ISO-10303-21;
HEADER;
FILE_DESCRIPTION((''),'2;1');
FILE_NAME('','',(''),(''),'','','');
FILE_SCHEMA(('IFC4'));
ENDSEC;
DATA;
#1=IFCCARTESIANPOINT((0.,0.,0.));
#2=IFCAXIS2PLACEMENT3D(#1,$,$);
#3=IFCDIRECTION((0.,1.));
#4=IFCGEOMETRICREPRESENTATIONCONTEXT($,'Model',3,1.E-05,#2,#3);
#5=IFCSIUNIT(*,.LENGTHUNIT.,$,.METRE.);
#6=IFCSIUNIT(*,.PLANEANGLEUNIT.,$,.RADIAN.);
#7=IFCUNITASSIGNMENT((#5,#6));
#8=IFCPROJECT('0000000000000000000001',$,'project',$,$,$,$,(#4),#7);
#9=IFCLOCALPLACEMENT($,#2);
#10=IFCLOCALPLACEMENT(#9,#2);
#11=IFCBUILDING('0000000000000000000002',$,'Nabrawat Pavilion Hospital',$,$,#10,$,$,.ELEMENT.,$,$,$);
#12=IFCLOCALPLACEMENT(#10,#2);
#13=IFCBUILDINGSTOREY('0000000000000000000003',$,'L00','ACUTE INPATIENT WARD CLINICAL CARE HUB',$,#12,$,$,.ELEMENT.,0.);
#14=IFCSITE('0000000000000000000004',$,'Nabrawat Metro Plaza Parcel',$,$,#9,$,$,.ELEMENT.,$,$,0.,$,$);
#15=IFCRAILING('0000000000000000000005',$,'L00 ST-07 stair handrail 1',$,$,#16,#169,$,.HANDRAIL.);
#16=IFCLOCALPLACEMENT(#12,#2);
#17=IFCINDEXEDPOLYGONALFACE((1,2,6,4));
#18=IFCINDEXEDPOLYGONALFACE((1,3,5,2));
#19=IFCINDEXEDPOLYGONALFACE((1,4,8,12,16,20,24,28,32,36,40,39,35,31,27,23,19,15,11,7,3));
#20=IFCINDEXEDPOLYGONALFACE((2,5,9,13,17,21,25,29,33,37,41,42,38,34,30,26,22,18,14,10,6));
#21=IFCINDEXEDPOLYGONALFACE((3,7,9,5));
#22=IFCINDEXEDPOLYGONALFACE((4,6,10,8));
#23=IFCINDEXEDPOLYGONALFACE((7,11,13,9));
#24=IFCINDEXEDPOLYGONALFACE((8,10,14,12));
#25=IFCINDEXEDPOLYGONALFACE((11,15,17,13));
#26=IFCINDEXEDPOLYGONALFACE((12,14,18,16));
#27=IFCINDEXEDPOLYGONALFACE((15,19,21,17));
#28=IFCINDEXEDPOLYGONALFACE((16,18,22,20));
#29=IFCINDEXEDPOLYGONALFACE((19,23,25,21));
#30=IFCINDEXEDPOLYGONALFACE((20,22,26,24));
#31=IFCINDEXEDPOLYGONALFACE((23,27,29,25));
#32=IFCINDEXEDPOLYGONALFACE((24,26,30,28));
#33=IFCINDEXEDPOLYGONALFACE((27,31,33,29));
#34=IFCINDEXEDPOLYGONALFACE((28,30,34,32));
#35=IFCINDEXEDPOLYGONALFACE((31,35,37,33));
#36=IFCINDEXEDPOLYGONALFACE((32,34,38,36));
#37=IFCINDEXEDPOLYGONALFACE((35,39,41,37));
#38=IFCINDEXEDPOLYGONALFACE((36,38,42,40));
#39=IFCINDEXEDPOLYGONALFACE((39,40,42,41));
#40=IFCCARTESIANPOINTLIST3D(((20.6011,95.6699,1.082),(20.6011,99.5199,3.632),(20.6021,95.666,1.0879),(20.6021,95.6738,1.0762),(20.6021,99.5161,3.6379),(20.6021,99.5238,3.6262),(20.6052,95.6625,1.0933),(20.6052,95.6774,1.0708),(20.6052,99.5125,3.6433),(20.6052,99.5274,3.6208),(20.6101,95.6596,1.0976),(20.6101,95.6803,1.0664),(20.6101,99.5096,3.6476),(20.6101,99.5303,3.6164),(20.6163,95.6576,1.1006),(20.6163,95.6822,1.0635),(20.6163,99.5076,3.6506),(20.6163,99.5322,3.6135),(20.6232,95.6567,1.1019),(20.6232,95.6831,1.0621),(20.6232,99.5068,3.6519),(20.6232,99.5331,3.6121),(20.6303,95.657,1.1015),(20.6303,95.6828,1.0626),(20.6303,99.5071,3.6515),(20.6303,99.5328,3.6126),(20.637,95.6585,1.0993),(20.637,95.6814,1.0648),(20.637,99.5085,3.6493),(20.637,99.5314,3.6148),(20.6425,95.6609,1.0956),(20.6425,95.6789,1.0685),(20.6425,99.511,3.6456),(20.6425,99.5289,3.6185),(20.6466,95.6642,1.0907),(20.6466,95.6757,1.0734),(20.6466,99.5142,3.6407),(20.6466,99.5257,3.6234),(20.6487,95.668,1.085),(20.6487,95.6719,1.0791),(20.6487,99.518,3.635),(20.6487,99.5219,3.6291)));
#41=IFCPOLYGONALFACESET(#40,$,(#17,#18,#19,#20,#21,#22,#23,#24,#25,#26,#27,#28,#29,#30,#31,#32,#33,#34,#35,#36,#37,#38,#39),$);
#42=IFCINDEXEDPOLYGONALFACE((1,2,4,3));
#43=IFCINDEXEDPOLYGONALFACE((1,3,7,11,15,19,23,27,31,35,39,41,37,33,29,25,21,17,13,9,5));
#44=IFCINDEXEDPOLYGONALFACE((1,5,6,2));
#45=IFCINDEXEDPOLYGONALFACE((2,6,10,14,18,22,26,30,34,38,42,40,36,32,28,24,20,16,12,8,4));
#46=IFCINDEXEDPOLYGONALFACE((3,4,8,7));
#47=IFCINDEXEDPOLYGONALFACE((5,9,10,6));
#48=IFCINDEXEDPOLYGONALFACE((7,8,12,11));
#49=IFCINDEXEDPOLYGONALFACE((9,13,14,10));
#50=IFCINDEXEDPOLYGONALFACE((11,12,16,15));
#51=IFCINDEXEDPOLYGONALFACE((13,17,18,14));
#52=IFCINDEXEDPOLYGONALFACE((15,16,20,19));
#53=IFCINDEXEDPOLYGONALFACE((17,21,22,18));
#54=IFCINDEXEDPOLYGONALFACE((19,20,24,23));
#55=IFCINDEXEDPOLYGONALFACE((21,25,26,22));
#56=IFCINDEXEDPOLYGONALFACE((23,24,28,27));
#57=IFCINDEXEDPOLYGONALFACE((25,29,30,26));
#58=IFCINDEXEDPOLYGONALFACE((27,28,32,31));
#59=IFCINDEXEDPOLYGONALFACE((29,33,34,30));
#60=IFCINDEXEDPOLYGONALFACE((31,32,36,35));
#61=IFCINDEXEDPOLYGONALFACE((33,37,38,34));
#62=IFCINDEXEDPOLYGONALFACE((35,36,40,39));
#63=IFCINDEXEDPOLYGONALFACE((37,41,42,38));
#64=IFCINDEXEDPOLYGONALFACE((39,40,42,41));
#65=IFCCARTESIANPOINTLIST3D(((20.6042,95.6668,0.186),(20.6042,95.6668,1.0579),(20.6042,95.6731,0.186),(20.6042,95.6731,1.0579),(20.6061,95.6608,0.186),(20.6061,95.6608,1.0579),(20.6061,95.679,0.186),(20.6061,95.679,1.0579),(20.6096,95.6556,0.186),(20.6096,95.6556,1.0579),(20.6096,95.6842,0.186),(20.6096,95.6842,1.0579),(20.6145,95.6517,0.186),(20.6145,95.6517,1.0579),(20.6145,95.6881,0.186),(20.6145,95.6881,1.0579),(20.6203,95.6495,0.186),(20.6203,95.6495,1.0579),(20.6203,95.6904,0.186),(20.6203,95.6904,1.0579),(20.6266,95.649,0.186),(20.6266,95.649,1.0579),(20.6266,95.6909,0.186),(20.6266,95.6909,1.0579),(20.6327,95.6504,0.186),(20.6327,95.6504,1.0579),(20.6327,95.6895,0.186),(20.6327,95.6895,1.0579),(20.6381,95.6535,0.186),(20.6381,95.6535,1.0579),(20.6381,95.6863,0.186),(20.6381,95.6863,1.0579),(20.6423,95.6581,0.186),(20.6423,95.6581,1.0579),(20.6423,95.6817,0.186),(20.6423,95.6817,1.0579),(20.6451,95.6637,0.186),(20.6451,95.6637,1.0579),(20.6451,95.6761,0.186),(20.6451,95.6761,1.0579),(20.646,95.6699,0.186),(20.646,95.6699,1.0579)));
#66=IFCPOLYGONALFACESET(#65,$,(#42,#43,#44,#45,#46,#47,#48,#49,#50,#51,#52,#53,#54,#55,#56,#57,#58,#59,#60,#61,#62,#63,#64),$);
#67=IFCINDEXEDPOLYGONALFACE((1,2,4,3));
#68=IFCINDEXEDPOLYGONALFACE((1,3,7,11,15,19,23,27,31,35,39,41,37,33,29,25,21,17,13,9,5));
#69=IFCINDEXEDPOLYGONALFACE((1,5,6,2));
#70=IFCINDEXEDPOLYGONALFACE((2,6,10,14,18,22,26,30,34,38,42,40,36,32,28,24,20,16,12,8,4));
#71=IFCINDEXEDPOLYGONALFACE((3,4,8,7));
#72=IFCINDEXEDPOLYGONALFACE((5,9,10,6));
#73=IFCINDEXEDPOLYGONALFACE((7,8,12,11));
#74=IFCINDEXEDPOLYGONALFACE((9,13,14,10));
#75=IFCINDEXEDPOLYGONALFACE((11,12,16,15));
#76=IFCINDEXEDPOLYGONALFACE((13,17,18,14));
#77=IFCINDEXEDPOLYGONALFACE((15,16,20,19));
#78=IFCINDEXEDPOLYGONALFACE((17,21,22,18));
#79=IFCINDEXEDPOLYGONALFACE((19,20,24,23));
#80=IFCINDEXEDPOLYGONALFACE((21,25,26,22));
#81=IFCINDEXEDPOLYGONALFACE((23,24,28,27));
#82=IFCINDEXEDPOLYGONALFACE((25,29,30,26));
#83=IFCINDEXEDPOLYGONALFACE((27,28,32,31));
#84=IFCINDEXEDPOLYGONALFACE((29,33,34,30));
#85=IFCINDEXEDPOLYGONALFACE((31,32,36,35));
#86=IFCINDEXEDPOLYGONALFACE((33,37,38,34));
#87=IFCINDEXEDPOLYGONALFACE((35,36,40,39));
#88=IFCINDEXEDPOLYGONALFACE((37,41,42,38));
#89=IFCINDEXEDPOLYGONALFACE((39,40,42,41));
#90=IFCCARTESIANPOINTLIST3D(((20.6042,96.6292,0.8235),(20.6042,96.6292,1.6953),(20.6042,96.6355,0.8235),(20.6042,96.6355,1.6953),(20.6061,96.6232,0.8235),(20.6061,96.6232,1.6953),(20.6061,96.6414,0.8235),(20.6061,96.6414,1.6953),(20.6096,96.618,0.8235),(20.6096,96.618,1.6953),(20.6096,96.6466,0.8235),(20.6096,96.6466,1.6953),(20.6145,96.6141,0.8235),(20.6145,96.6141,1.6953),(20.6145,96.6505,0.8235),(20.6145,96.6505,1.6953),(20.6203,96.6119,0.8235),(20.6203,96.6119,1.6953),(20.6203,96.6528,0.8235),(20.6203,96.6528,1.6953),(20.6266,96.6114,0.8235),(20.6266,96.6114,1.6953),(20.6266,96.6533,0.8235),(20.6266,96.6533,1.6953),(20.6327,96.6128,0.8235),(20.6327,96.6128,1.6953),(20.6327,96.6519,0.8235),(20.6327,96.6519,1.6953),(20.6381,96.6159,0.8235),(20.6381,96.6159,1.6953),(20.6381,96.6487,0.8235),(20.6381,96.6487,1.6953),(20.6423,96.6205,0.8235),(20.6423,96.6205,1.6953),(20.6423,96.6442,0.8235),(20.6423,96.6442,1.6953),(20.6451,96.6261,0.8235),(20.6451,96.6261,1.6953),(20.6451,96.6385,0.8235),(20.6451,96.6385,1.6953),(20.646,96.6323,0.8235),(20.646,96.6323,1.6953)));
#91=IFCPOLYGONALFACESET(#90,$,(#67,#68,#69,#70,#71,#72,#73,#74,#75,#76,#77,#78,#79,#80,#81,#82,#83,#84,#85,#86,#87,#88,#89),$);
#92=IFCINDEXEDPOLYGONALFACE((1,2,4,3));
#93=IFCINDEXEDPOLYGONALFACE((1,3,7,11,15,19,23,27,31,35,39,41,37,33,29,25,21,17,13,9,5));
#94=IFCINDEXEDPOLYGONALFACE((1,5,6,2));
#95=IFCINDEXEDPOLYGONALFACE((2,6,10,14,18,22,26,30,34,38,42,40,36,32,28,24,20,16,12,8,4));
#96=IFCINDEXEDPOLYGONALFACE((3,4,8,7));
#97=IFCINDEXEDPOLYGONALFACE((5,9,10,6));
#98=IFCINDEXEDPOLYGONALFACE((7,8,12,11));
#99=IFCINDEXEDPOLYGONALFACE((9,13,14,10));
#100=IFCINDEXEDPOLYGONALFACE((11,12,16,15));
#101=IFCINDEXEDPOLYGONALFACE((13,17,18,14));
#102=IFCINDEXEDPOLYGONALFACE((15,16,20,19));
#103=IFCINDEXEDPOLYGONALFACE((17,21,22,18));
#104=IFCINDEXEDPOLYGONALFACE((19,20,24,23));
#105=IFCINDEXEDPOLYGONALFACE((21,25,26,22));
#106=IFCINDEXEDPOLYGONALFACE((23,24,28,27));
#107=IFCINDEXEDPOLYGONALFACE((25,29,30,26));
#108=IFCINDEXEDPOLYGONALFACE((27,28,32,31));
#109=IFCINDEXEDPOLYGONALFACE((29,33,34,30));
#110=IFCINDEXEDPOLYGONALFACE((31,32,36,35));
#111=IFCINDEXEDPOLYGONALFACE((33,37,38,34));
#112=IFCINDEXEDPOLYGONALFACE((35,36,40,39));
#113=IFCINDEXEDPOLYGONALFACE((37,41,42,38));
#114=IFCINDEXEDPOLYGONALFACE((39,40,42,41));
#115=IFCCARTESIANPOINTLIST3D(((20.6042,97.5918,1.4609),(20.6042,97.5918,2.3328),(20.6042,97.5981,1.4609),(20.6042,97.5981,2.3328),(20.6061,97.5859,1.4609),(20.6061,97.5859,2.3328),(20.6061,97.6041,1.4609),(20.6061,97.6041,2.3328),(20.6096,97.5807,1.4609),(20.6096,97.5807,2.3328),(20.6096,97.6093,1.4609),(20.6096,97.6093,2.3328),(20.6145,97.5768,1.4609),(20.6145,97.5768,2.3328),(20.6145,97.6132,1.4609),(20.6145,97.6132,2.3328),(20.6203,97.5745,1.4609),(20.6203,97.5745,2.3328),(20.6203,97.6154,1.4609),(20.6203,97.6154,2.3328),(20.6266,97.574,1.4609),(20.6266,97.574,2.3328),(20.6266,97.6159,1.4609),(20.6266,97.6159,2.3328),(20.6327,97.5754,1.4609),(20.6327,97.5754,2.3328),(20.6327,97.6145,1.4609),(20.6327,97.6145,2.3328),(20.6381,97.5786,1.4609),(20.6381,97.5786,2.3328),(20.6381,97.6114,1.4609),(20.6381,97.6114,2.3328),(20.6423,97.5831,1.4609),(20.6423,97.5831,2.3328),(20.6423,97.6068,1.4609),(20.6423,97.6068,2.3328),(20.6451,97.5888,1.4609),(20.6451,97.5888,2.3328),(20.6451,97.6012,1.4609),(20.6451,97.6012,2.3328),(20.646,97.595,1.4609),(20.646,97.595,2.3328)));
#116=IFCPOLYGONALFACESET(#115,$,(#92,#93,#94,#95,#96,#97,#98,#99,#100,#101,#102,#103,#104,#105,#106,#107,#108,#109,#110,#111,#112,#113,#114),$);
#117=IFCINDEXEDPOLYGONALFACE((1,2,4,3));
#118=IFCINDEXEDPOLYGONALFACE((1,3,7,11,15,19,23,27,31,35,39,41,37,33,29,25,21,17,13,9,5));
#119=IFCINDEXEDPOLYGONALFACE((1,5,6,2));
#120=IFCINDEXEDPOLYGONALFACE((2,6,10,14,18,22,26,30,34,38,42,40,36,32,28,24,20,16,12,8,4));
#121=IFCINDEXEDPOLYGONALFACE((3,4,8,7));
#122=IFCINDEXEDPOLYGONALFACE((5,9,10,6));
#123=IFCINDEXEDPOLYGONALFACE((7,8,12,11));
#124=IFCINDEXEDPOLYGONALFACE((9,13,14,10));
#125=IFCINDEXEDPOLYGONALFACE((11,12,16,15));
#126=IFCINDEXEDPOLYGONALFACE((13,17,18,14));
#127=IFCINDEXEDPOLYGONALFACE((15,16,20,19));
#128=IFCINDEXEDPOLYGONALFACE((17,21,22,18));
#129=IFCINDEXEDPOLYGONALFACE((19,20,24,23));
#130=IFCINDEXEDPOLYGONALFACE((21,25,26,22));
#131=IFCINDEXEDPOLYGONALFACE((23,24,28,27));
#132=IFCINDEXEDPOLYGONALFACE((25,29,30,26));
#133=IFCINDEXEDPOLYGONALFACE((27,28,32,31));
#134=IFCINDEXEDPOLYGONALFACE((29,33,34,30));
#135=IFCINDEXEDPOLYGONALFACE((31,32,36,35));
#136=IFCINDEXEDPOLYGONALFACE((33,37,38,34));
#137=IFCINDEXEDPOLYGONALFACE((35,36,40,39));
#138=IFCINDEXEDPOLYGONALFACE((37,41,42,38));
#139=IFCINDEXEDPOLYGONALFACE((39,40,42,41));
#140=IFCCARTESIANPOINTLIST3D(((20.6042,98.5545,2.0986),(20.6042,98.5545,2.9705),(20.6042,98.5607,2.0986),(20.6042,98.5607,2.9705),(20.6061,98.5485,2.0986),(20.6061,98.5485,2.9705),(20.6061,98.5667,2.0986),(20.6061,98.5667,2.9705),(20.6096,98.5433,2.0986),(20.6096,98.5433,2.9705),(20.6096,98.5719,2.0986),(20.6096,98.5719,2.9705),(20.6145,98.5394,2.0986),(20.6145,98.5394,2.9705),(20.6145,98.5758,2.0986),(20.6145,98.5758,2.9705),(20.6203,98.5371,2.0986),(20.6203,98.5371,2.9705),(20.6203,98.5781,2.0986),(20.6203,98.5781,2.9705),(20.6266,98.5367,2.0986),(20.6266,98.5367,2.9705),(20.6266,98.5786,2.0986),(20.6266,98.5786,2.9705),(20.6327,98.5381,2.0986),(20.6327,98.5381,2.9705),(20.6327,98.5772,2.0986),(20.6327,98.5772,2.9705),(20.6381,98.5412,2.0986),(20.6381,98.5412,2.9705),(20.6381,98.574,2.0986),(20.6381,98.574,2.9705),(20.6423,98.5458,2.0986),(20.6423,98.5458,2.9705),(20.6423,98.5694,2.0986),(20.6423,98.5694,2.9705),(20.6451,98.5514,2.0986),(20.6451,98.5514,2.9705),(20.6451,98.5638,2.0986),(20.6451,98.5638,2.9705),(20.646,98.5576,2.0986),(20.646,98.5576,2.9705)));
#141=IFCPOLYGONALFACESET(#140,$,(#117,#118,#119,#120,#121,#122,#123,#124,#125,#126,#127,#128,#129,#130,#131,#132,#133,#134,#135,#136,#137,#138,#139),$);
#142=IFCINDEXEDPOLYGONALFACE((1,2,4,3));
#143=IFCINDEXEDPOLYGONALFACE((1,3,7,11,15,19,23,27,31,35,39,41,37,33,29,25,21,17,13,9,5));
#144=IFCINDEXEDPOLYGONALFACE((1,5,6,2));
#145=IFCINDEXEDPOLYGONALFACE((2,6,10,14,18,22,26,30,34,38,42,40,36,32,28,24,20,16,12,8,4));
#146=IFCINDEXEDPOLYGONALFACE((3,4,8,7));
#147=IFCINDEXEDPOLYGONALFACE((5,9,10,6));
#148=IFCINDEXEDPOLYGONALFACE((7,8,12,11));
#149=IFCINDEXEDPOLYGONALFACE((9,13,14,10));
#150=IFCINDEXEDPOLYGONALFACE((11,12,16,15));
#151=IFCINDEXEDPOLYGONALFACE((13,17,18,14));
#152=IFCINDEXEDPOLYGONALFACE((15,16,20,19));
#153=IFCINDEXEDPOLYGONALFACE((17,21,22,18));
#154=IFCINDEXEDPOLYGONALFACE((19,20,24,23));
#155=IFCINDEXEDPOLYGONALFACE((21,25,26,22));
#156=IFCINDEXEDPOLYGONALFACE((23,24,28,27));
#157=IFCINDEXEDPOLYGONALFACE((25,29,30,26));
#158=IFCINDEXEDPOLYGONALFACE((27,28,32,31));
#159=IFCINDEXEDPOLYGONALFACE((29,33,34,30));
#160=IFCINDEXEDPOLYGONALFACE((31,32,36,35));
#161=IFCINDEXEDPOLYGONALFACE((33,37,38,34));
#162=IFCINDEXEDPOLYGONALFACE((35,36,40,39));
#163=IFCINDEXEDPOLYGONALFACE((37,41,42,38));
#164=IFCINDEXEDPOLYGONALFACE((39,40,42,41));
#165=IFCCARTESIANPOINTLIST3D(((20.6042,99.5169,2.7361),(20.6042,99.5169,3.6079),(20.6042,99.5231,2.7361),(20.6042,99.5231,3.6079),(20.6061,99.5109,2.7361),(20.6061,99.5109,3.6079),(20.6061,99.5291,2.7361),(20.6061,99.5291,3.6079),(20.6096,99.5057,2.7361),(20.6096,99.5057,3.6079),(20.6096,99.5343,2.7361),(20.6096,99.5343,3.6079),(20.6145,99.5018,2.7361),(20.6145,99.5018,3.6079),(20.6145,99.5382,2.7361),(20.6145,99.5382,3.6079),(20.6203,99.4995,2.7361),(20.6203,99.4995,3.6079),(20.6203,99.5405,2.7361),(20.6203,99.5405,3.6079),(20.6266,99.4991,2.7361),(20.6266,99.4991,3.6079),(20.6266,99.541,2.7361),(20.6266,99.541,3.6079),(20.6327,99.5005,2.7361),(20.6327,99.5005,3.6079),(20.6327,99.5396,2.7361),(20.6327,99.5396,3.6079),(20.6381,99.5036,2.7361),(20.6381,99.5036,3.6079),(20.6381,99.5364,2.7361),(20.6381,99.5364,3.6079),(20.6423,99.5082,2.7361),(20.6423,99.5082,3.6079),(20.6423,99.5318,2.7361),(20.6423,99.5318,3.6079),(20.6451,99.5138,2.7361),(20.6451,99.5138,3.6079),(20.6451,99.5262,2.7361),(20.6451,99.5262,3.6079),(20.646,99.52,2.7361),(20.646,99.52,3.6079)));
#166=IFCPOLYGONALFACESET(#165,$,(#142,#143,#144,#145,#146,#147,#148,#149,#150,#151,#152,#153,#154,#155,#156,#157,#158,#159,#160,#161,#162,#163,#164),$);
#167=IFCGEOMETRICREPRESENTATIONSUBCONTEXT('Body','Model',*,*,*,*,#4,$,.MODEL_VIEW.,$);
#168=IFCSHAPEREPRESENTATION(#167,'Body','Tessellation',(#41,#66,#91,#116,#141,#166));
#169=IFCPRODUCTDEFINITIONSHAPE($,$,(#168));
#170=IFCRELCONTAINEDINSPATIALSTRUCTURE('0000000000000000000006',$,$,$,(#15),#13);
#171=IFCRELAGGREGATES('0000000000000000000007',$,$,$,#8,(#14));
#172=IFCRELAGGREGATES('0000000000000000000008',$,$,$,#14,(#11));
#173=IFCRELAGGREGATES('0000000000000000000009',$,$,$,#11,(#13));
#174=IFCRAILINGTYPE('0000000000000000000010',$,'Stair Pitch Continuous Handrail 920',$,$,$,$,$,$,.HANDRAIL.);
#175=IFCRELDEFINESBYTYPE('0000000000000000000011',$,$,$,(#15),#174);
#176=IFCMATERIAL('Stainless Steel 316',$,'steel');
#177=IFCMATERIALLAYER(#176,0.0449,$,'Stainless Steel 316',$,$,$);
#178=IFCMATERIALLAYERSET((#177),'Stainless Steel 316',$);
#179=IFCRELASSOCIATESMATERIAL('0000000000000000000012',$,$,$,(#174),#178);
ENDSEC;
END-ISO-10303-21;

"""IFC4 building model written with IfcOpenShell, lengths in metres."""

from ifc_helpers import new_model, si_unit, direction, frame, origin, origin_2d, place, context, subcontext, project, spatial, circle, extrude, material, layer, layer_set, type_object, element, save


model = new_model("IFC4")

# Units and contexts
model_context = context("Model", 3, precision=1e-05, world=origin(), true_north=direction((0.0, 1.0)))
body_context = subcontext(model_context, "Body", "Model", "MODEL_VIEW")
ifc_project = project(units=[si_unit("LENGTHUNIT", "METRE"), si_unit("PLANEANGLEUNIT", "RADIAN")], contexts=[model_context])

# Site, building, storey
site_placement = place(None, origin())
site = spatial("IfcSite", under=ifc_project, at=site_placement, Name="Nabrawat Metro Plaza Parcel", CompositionType="ELEMENT", RefElevation=0.0)
building_placement = place(site_placement, origin())
building = spatial("IfcBuilding", under=site, at=building_placement, Name="Nabrawat Pavilion Hospital", CompositionType="ELEMENT")
storey_placement = place(building_placement, origin())
storey = spatial("IfcBuildingStorey", under=building, at=storey_placement, Name="L00", Description="ACUTE INPATIENT WARD CLINICAL CARE HUB", CompositionType="ELEMENT", Elevation=0.0)

# Railing
ifc_material_1 = material(Name="Stainless Steel 316", Category="steel")
ifc_layer_1 = layer(ifc_material_1, 0.0449, Name="Stainless Steel 316")
ifc_layer_set_1 = layer_set([ifc_layer_1], Name="Stainless Steel 316")
railing_type_1 = type_object("IfcRailingType", Name="Stair Pitch Continuous Handrail 920", PredefinedType="HANDRAIL", material=ifc_layer_set_1)
railing_1_placement = place(storey_placement, frame((20.625, 95.6699, 0.186)))
element("IfcRailing", 1, at=railing_1_placement, inside=storey, type_object=railing_type_1, Name="L00 ST-07 stair handrail 1", PredefinedType="HANDRAIL", context=body_context, shape_type="SweptSolid", body=[
    extrude(circle(Radius=0.0239, at=origin_2d()), frame((0.0, 0.0, 0.896), z_axis=(0.0, 0.833714, 0.552197), x_axis=(-1.0, 0.0, 0.0)), (0.0, 0.0, 1.0), 4.6179),
    extrude(circle(Radius=0.021, at=origin_2d()), origin(), (0.0, 0.0, 1.0), 0.8718),
    extrude(circle(Radius=0.021, at=origin_2d()), frame((0.0, 0.9624, 0.6375)), (0.0, 0.0, 1.0), 0.8718),
    extrude(circle(Radius=0.021, at=origin_2d()), frame((0.0, 1.925, 1.2749)), (0.0, 0.0, 1.0), 0.8718),
    extrude(circle(Radius=0.021, at=origin_2d()), frame((0.0, 2.8877, 1.9126)), (0.0, 0.0, 1.0), 0.8718),
    extrude(circle(Radius=0.021, at=origin_2d()), frame((0.0, 3.8501, 2.55)), (0.0, 0.0, 1.0), 0.8718),
])

save(model, "model.ifc")
